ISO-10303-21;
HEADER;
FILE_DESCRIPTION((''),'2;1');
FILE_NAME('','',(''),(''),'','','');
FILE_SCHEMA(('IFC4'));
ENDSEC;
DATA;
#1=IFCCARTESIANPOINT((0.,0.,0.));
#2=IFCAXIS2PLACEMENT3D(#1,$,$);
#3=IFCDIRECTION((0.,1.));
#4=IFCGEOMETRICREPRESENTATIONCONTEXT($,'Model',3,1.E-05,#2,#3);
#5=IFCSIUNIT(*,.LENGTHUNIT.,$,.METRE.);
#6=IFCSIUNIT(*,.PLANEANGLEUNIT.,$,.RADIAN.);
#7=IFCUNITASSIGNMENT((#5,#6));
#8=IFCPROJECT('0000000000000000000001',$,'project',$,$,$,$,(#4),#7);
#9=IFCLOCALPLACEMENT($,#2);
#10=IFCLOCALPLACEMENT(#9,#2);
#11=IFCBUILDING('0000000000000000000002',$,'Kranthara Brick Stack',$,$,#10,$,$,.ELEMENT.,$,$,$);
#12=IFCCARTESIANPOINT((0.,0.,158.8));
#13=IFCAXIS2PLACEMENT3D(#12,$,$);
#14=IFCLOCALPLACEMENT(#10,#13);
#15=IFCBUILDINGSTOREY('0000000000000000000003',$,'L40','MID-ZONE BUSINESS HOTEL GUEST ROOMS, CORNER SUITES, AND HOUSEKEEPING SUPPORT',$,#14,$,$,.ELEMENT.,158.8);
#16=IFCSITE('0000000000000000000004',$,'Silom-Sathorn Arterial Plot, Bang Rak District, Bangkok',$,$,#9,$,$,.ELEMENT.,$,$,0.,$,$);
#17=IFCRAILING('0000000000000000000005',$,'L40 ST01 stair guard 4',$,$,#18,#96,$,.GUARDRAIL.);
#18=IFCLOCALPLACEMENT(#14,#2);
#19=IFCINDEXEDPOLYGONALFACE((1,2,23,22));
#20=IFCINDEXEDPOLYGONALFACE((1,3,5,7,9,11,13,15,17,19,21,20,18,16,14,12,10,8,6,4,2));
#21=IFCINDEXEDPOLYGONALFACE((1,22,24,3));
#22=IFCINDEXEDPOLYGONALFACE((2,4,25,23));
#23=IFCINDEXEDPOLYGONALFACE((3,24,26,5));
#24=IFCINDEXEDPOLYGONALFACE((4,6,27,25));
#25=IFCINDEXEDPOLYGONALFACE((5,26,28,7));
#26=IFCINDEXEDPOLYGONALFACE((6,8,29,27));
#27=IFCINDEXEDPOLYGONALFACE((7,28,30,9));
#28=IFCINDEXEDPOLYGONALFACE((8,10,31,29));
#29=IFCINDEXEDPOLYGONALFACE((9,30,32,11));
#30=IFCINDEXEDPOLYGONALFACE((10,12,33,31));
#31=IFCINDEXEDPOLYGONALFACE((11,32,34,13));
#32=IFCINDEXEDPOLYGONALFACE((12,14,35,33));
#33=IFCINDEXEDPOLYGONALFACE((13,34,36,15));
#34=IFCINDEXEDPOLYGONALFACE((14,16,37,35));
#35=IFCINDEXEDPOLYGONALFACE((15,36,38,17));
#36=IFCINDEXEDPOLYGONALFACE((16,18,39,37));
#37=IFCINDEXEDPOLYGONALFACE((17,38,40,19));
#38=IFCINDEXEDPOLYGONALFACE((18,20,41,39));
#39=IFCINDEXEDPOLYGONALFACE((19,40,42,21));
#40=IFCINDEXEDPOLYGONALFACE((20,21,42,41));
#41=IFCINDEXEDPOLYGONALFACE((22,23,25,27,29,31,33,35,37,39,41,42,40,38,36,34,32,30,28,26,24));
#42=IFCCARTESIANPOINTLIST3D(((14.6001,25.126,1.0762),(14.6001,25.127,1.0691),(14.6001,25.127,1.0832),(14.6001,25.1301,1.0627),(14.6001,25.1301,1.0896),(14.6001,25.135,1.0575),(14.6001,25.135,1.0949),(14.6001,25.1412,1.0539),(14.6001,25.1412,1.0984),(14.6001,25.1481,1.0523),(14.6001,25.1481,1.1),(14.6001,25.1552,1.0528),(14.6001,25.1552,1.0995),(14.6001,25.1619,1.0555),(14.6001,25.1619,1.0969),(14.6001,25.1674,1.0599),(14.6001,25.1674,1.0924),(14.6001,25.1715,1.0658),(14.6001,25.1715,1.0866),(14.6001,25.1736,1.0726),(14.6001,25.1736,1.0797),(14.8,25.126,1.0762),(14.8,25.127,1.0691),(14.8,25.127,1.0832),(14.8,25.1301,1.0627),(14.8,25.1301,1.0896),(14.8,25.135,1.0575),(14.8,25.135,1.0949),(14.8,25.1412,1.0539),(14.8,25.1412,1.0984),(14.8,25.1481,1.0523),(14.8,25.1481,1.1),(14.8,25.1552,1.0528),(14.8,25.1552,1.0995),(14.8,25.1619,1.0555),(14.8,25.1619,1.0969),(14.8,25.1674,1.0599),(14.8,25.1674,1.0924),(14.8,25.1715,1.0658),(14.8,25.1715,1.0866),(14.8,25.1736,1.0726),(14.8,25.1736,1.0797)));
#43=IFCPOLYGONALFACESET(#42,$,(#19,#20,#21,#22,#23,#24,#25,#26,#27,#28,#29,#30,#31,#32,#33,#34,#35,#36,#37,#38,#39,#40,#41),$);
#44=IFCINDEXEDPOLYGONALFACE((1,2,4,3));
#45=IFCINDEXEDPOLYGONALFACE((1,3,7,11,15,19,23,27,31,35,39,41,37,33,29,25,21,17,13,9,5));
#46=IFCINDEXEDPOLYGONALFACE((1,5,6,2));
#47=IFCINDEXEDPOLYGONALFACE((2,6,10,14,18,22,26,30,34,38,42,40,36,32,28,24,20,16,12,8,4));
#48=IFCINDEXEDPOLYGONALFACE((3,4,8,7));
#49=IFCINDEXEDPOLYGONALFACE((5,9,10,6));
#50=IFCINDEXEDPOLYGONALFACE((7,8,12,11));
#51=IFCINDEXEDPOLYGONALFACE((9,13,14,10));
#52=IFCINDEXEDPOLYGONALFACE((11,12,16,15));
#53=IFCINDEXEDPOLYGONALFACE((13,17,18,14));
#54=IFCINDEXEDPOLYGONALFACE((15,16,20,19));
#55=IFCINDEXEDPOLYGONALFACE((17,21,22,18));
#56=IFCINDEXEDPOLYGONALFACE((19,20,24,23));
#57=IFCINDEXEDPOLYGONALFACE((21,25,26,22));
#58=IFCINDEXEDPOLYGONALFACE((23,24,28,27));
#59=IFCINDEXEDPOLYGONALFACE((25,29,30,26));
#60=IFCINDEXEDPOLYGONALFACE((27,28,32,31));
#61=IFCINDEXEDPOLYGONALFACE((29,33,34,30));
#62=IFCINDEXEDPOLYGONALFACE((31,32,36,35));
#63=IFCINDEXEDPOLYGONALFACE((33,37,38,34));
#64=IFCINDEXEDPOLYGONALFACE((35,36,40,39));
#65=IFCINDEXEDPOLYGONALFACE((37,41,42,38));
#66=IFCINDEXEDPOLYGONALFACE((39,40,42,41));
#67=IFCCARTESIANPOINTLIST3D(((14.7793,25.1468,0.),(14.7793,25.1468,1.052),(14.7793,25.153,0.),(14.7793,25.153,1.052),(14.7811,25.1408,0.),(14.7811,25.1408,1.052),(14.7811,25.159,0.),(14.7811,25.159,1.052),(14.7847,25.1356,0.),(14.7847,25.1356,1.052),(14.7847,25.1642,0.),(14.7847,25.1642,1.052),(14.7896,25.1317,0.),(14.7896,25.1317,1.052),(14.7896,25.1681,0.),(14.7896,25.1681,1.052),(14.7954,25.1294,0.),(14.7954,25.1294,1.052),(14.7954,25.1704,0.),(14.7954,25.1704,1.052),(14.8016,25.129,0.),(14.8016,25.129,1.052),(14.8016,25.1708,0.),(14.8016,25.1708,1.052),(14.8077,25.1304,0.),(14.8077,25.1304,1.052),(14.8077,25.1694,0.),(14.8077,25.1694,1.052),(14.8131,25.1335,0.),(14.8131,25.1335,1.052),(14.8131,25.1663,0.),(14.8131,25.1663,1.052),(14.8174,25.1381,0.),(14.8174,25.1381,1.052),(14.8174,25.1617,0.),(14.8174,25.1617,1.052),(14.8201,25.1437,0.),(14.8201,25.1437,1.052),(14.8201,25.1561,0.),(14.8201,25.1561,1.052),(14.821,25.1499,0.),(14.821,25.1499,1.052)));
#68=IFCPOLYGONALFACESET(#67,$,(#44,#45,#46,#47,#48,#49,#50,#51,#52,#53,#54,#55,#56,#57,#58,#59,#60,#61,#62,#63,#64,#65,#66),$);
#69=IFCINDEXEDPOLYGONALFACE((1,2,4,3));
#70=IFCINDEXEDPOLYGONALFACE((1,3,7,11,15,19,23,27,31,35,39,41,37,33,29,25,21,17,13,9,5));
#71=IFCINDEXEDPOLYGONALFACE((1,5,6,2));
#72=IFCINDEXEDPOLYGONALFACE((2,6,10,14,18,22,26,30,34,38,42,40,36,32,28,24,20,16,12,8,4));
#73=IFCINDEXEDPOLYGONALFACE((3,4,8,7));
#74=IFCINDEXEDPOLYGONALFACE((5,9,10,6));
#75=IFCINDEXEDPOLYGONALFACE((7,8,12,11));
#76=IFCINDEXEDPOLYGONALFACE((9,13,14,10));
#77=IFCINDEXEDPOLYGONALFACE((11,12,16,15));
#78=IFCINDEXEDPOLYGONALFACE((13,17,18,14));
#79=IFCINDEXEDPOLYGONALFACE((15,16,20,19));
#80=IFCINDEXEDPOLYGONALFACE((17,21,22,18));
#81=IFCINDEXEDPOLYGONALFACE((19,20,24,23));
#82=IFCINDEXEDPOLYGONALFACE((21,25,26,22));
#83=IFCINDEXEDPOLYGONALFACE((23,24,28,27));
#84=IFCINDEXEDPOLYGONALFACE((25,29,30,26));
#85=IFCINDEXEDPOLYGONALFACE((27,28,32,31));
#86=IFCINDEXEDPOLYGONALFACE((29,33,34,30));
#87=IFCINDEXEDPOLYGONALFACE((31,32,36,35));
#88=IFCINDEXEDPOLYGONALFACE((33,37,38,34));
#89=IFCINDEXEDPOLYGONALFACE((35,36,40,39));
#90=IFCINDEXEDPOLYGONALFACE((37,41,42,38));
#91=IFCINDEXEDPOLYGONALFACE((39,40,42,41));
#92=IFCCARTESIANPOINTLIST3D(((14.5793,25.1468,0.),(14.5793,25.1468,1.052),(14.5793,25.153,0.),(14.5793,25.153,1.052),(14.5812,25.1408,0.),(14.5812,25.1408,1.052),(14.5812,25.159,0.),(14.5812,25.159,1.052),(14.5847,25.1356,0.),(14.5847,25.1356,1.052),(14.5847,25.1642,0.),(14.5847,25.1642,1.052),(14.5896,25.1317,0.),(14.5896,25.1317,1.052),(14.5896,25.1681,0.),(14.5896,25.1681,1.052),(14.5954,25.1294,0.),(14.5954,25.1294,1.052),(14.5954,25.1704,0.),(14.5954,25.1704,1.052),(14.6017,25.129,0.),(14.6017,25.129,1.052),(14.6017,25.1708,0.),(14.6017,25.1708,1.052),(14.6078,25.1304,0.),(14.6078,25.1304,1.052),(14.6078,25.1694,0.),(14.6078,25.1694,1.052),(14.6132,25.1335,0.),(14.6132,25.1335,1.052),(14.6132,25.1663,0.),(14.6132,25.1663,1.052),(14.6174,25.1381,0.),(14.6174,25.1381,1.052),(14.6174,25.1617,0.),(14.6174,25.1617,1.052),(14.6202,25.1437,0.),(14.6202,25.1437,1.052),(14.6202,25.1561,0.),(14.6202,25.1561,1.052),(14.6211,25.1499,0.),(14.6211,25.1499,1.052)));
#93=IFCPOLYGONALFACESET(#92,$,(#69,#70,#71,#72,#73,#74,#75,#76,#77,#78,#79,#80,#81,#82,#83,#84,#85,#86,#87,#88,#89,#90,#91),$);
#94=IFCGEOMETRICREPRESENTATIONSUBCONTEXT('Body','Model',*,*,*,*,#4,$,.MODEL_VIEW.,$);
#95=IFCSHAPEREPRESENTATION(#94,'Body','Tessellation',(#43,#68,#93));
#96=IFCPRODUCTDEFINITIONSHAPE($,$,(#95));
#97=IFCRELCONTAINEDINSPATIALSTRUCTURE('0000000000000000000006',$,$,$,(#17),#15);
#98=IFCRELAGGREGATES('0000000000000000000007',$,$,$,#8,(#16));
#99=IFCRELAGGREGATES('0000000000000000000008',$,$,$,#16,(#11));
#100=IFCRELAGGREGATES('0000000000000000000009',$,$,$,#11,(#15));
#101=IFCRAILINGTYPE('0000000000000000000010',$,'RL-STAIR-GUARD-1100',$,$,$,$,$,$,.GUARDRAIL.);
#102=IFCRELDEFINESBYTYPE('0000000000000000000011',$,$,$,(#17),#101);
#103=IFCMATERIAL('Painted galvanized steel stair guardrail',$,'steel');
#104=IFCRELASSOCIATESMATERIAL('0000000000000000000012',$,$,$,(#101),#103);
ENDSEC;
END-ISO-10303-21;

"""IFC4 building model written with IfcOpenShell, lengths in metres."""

from ifc_helpers import new_model, si_unit, direction, frame, origin, origin_2d, place, context, subcontext, project, spatial, circle, extrude, material, type_object, element, save


model = new_model("IFC4")

# Units and contexts
model_context = context("Model", 3, precision=1e-05, world=origin(), true_north=direction((0.0, 1.0)))
body_context = subcontext(model_context, "Body", "Model", "MODEL_VIEW")
ifc_project = project(units=[si_unit("LENGTHUNIT", "METRE"), si_unit("PLANEANGLEUNIT", "RADIAN")], contexts=[model_context])

# Site, building, storey
site_placement = place(None, origin())
site = spatial("IfcSite", under=ifc_project, at=site_placement, Name="Silom-Sathorn Arterial Plot, Bang Rak District, Bangkok", CompositionType="ELEMENT", RefElevation=0.0)
building_placement = place(site_placement, origin())
building = spatial("IfcBuilding", under=site, at=building_placement, Name="Kranthara Brick Stack", CompositionType="ELEMENT")
storey_placement = place(building_placement, frame((0.0, 0.0, 158.8)))
storey = spatial("IfcBuildingStorey", under=building, at=storey_placement, Name="L40", Description="MID-ZONE BUSINESS HOTEL GUEST ROOMS, CORNER SUITES, AND HOUSEKEEPING SUPPORT", CompositionType="ELEMENT", Elevation=158.8)

# Railing
ifc_material_1 = material(Name="Painted galvanized steel stair guardrail", Category="steel")
railing_type_1 = type_object("IfcRailingType", Name="RL-STAIR-GUARD-1100", PredefinedType="GUARDRAIL", material=ifc_material_1)
railing_1_placement = place(storey_placement, frame((14.8, 25.1499, 0.0)))
element("IfcRailing", 1, at=railing_1_placement, inside=storey, type_object=railing_type_1, Name="L40 ST01 stair guard 4", PredefinedType="GUARDRAIL", context=body_context, shape_type="SweptSolid", body=[
    extrude(circle(Radius=0.0239, at=origin_2d()), frame((0.0, 0.0, 1.0762), z_axis=(-1.0, 0.0, 0.0), x_axis=(0.0, -1.0, 0.0)), (0.0, 0.0, 1.0), 0.2),
    extrude(circle(Radius=0.021, at=origin_2d()), origin(), (0.0, 0.0, 1.0), 1.052),
    extrude(circle(Radius=0.021, at=origin_2d()), frame((-0.2, 0.0, 0.0)), (0.0, 0.0, 1.0), 1.052),
])

save(model, "model.ifc")
